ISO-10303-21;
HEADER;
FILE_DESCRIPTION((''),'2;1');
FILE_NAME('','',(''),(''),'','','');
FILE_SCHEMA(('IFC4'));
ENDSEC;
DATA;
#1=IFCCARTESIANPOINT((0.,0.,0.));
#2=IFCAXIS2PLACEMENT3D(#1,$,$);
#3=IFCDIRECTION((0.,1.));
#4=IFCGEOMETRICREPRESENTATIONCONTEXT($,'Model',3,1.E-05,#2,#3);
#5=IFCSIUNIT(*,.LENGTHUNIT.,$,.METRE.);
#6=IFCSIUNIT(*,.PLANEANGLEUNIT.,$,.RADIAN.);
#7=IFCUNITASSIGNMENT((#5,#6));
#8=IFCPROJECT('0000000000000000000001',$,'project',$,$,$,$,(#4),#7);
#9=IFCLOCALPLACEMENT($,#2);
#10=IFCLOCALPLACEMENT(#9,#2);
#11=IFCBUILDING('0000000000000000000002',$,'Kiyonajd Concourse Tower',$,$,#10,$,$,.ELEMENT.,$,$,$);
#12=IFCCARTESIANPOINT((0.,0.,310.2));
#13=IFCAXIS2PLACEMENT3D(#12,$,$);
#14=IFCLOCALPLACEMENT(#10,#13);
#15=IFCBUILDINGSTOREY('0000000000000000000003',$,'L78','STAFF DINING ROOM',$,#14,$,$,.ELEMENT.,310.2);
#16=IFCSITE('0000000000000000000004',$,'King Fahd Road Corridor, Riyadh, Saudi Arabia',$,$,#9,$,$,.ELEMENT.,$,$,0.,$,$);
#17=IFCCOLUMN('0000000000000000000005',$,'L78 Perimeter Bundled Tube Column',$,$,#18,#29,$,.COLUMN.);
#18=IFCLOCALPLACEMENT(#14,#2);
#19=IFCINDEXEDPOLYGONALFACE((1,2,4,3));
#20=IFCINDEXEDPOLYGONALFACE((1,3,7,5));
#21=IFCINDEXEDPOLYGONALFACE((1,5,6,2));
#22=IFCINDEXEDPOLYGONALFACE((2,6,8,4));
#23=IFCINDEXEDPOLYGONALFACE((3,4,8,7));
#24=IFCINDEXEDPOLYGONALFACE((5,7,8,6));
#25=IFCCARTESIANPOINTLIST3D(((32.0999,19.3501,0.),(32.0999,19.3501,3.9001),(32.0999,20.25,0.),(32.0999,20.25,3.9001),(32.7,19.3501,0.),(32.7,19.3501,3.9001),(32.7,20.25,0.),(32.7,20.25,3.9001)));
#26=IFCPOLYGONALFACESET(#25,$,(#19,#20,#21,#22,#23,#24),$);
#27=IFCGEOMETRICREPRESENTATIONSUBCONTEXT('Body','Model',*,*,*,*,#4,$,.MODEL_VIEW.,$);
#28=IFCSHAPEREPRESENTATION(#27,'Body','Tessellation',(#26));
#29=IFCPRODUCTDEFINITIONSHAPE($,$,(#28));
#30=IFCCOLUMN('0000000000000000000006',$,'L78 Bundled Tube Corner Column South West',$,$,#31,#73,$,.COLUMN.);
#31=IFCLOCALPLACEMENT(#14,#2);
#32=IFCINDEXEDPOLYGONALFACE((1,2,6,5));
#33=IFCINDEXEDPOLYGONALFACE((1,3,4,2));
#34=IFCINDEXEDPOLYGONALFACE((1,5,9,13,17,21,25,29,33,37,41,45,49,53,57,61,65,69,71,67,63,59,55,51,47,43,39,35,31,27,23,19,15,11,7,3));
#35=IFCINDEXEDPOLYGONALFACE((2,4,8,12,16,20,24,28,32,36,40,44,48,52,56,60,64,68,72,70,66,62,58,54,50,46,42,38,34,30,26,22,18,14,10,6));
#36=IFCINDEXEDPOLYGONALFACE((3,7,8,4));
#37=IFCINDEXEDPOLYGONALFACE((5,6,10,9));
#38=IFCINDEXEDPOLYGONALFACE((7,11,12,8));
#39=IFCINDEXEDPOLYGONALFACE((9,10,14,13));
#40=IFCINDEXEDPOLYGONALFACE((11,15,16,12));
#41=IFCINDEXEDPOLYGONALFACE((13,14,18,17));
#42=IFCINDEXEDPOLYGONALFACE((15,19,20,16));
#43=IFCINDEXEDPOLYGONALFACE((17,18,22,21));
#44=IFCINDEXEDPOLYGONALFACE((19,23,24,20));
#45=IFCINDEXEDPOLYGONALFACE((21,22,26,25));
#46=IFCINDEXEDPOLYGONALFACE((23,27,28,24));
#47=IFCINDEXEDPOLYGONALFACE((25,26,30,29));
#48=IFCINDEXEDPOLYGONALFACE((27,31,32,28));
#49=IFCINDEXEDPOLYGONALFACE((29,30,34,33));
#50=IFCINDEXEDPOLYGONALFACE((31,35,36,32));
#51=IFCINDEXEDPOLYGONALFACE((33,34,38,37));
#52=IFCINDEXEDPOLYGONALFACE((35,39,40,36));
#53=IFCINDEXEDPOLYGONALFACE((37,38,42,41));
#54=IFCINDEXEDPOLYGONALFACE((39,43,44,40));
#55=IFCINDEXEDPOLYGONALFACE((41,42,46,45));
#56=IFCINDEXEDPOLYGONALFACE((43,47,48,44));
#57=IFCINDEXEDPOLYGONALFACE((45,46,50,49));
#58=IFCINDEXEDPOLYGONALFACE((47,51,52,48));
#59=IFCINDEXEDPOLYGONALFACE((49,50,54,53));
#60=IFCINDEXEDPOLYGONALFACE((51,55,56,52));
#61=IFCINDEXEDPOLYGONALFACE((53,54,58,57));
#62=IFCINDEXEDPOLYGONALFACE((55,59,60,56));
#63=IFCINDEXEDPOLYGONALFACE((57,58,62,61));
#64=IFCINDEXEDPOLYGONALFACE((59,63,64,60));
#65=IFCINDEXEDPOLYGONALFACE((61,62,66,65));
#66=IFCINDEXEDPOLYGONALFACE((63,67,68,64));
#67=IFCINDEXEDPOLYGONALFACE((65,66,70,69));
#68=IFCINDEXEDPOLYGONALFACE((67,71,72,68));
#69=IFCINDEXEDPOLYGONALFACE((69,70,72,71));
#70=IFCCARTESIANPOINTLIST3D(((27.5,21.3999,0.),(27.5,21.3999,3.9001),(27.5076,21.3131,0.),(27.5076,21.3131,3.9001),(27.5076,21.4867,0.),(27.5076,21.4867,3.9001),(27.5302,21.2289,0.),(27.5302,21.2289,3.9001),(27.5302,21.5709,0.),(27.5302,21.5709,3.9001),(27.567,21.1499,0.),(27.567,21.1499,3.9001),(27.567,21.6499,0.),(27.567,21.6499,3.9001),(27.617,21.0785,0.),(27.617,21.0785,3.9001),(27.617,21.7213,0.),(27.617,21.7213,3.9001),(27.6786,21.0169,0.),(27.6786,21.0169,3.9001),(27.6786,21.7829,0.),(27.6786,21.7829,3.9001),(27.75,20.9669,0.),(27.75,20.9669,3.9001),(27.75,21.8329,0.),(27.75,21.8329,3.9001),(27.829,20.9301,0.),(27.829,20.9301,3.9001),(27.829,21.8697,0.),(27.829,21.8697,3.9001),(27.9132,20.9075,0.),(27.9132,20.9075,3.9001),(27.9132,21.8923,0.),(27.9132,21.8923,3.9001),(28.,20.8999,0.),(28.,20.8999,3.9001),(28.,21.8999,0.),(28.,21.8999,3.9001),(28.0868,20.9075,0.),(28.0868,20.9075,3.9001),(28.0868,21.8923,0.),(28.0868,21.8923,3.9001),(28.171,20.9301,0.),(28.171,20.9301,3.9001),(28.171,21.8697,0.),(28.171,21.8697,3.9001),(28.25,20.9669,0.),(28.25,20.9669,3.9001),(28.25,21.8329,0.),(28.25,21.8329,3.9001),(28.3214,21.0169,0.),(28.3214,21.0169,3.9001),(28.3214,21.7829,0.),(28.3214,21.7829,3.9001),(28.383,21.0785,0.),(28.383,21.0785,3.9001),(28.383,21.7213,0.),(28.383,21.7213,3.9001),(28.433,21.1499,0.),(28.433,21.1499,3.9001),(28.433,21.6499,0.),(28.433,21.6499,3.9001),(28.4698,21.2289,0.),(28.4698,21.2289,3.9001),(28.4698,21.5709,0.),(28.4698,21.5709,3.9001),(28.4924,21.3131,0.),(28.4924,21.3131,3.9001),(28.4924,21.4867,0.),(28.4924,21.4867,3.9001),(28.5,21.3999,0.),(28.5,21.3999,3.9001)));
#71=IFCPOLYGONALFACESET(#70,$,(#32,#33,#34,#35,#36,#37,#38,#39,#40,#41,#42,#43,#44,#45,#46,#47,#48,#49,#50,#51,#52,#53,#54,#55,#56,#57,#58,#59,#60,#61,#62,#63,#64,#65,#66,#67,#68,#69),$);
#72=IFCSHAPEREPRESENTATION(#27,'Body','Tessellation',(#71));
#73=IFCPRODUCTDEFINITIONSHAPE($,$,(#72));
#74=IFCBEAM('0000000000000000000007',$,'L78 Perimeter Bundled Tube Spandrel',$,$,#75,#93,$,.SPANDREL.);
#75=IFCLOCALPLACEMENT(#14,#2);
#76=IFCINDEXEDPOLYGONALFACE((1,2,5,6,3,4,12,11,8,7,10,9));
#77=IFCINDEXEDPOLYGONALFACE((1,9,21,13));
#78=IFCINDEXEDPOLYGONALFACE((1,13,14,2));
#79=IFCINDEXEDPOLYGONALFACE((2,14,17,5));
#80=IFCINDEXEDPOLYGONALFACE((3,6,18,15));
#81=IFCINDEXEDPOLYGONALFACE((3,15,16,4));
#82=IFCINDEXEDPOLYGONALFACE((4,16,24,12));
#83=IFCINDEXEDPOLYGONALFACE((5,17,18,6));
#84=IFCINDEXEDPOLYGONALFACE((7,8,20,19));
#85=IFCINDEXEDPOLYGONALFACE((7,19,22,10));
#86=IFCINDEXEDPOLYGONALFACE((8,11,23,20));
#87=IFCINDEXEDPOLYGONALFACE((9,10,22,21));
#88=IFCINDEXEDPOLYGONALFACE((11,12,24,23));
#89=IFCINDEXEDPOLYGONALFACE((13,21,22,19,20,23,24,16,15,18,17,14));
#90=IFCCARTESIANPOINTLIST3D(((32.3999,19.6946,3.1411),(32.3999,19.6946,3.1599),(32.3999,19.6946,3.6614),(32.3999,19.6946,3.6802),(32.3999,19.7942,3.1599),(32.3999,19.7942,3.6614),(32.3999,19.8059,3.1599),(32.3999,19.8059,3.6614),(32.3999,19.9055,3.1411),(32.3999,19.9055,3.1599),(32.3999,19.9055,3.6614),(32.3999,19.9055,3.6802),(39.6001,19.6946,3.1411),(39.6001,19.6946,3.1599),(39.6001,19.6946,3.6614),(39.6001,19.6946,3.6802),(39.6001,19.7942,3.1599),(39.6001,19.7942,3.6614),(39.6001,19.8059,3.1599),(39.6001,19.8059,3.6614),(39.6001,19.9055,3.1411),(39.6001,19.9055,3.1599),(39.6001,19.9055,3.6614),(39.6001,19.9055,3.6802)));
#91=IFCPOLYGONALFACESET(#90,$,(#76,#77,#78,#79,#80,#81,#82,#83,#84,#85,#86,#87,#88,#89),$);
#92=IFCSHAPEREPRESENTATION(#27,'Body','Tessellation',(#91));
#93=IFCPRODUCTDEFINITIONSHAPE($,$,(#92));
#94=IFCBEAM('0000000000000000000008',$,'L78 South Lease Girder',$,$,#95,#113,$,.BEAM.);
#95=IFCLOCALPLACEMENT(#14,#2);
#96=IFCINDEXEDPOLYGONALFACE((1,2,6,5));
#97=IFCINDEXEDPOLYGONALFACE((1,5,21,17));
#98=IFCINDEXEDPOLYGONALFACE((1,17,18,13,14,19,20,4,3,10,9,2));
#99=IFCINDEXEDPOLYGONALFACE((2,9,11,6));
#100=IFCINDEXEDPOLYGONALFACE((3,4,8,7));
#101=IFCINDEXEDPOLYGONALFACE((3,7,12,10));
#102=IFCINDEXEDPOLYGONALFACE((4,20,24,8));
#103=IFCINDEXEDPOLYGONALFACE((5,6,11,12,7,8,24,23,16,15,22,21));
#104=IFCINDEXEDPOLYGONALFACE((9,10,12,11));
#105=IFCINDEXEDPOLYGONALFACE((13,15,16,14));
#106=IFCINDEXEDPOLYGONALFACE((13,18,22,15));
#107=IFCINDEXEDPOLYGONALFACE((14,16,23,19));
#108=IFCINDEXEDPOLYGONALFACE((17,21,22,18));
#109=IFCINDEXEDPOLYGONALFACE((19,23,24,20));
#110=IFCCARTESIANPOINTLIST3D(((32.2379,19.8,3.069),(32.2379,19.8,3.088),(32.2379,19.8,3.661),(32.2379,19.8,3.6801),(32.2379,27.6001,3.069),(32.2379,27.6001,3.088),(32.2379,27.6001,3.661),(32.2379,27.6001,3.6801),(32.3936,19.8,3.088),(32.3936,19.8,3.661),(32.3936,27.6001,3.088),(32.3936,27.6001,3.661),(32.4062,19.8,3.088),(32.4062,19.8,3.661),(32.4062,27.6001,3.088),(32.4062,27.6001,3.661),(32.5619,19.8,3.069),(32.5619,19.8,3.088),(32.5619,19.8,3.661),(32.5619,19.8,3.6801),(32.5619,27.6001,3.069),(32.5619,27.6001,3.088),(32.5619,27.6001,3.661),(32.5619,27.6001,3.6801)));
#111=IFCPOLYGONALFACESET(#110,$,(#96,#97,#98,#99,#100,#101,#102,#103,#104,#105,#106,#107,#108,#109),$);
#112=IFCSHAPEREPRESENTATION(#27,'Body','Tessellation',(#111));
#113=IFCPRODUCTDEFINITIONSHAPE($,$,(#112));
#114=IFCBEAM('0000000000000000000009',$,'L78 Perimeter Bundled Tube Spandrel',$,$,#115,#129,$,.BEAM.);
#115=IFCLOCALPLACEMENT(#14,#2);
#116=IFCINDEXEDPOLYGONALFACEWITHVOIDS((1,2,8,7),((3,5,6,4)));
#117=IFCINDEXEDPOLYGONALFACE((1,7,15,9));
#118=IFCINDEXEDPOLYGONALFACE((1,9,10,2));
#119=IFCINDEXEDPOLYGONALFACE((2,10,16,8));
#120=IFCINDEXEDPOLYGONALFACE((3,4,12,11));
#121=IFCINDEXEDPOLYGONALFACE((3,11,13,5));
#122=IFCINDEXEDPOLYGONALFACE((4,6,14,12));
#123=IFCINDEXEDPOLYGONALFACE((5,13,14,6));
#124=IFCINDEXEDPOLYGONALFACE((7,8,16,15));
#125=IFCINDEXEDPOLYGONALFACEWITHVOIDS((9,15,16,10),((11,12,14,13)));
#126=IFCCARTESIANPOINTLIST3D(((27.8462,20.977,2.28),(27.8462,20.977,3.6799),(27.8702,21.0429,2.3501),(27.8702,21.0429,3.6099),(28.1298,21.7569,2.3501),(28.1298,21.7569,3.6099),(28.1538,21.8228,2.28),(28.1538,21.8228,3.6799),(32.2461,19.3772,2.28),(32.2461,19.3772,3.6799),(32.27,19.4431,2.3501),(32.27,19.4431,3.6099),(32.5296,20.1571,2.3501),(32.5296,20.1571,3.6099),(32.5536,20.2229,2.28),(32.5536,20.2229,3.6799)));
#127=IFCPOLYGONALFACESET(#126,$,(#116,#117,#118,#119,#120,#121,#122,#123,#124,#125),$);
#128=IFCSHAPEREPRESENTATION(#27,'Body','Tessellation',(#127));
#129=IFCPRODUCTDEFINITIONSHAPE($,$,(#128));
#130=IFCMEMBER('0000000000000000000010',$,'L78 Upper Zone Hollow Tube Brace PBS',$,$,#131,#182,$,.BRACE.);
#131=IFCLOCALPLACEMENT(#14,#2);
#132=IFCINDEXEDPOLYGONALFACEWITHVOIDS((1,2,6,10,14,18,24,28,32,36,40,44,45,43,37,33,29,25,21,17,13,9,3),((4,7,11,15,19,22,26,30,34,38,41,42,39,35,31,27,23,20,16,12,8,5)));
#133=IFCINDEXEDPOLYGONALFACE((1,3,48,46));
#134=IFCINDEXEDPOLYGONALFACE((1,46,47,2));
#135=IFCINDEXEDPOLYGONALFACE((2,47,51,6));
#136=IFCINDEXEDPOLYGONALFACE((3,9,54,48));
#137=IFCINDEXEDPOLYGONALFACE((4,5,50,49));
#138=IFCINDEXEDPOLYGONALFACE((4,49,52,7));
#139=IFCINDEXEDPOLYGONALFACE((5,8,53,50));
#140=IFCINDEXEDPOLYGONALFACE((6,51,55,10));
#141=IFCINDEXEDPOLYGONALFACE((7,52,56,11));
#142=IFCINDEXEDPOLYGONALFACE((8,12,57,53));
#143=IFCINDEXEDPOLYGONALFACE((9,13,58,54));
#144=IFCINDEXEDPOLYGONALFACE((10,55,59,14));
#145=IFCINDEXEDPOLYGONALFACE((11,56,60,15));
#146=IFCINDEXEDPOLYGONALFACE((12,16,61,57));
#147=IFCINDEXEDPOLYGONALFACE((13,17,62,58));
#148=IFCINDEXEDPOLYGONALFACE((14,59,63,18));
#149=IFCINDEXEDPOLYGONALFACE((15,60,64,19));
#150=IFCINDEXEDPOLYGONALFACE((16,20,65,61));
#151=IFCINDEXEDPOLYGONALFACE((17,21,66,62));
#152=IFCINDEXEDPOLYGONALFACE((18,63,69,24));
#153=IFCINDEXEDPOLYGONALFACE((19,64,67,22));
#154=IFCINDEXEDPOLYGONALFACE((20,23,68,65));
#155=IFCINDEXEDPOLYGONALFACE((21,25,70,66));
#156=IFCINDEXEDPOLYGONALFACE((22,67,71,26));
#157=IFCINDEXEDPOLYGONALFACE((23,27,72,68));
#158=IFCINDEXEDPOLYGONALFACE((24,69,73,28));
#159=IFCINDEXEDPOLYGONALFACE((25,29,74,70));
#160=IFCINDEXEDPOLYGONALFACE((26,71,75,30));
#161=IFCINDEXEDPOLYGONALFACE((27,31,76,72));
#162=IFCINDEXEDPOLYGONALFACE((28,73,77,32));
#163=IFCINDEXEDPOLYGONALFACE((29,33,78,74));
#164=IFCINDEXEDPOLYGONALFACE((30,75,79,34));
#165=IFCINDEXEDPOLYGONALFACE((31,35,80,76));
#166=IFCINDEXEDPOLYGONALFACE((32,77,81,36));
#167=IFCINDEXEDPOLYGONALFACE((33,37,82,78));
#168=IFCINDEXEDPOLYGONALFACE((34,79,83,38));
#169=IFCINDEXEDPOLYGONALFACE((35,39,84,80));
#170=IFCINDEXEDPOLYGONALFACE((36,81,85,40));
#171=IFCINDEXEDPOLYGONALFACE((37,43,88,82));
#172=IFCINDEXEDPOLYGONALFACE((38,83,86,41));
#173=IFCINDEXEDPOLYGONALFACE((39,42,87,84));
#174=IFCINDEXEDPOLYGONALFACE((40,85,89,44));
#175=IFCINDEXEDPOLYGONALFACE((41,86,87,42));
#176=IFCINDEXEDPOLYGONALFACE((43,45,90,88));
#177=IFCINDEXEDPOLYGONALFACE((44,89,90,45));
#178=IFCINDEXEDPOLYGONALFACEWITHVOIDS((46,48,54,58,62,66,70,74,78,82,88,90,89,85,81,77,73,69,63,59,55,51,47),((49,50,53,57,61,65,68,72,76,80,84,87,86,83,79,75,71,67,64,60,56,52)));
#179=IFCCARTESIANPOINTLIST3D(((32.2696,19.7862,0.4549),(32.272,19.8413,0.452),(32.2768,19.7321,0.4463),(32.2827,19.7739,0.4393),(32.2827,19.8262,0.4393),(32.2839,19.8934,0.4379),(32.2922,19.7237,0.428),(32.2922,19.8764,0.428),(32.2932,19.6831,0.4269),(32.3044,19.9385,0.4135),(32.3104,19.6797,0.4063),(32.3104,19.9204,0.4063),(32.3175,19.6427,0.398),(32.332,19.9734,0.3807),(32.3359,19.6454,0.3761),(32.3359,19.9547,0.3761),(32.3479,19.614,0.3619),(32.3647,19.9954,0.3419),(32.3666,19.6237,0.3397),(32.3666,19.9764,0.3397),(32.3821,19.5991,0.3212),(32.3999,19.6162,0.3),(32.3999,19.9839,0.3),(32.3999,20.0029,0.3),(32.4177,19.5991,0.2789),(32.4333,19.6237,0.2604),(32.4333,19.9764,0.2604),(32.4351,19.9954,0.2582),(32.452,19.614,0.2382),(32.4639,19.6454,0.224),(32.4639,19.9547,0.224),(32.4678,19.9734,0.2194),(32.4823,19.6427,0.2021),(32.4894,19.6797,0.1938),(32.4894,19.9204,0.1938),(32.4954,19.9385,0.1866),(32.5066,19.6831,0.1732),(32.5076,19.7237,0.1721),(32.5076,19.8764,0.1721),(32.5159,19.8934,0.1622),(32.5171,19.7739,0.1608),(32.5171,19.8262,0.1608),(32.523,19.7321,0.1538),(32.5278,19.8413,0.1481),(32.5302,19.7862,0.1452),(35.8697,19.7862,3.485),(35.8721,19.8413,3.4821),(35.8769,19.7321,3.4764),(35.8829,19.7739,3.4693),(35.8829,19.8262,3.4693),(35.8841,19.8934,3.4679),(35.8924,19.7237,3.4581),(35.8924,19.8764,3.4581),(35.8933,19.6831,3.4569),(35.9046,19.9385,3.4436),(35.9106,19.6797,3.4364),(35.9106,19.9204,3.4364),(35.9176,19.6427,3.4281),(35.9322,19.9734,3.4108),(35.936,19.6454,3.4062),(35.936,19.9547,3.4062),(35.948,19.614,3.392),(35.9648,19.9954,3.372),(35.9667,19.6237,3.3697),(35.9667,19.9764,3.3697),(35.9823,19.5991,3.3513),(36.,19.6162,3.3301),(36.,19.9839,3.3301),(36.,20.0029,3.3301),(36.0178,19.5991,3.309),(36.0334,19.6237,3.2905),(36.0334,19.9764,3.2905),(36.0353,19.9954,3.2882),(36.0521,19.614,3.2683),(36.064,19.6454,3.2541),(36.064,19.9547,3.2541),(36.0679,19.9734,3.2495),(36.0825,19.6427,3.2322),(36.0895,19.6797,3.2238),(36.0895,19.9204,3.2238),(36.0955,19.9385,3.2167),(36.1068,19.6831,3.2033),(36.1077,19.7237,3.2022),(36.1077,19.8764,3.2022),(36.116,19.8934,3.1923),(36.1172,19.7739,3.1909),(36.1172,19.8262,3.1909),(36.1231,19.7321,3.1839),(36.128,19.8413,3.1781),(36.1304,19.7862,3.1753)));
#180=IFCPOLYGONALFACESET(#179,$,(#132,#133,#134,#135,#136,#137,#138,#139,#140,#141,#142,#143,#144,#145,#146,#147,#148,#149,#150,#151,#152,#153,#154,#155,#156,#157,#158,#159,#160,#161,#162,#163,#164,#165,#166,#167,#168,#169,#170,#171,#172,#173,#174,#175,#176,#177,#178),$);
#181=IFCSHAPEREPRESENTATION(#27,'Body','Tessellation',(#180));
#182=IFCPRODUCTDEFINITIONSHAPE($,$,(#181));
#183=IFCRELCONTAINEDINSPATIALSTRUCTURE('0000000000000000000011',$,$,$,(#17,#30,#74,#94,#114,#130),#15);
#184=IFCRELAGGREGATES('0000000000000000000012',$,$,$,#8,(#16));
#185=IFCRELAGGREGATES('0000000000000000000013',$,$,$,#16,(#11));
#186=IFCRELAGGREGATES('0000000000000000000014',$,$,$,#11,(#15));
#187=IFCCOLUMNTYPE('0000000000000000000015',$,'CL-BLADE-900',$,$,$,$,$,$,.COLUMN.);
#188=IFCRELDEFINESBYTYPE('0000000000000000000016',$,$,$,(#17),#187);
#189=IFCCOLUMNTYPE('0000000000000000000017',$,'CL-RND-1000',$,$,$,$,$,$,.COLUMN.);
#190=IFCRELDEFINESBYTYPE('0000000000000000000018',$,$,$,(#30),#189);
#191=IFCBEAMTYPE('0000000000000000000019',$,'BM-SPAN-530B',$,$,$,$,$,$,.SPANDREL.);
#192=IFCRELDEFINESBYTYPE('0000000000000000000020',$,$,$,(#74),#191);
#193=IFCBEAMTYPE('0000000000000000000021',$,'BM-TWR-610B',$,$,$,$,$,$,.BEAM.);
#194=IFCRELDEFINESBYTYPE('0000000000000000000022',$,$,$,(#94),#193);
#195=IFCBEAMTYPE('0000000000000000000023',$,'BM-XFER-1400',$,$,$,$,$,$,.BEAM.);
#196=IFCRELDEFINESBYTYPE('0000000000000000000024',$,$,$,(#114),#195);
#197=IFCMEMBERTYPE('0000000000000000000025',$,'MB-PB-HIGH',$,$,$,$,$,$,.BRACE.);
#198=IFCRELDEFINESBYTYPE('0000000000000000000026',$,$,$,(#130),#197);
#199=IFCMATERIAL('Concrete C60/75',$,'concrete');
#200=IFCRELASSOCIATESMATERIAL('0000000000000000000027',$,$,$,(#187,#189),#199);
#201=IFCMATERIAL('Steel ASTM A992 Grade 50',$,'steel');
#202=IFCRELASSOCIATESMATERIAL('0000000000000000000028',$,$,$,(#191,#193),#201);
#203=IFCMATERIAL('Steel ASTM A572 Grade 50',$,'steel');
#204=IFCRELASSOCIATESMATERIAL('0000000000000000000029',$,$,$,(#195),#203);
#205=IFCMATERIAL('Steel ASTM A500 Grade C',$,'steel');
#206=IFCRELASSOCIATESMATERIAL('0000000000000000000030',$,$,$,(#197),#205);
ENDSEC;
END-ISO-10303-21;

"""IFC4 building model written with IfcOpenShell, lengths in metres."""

from ifc_helpers import new_model, si_unit, direction, frame, origin, origin_2d, place, context, subcontext, project, spatial, rectangle, hollow_rectangle, circle, hollow_circle, i_section, extrude, material, material_profile, profile_set, type_object, element, save


model = new_model("IFC4")

# Units and contexts
model_context = context("Model", 3, precision=1e-05, world=origin(), true_north=direction((0.0, 1.0)))
body_context = subcontext(model_context, "Body", "Model", "MODEL_VIEW")
ifc_project = project(units=[si_unit("LENGTHUNIT", "METRE"), si_unit("PLANEANGLEUNIT", "RADIAN")], contexts=[model_context])

# Site, building, storey
site_placement = place(None, origin())
site = spatial("IfcSite", under=ifc_project, at=site_placement, Name="King Fahd Road Corridor, Riyadh, Saudi Arabia", CompositionType="ELEMENT", RefElevation=0.0)
building_placement = place(site_placement, origin())
building = spatial("IfcBuilding", under=site, at=building_placement, Name="Kiyonajd Concourse Tower", CompositionType="ELEMENT")
storey_placement = place(building_placement, frame((0.0, 0.0, 310.2)))
storey = spatial("IfcBuildingStorey", under=building, at=storey_placement, Name="L78", Description="STAFF DINING ROOM", CompositionType="ELEMENT", Elevation=310.2)

# Columns
ifc_material_1 = material(Name="Concrete C60/75", Category="concrete")
ifc_material_profile_1 = material_profile(ifc_material_1, rectangle(XDim=0.6001, YDim=0.8999, at=origin_2d()), Name="RC-900x600")
ifc_profile_set_1 = profile_set([ifc_material_profile_1], Name="Concrete C60/75")
column_type_1 = type_object("IfcColumnType", Name="CL-BLADE-900", PredefinedType="COLUMN", material=ifc_profile_set_1)
column_1_placement = place(storey_placement, frame((32.3999, 19.8, 0.0), z_axis=(0.0, 0.0, 1.0), x_axis=(1.0, 0.0, 0.0)))
element("IfcColumn", 1, at=column_1_placement, inside=storey, type_object=column_type_1, Name="L78 Perimeter Bundled Tube Column", PredefinedType="COLUMN", context=body_context, shape_type="SweptSolid", body=[
    extrude(rectangle(XDim=0.6001, YDim=0.8999, at=origin_2d()), origin(), (0.0, 0.0, 1.0), 3.9001),
])
ifc_material_profile_2 = material_profile(ifc_material_1, circle(Radius=0.5, at=origin_2d()), Name="RCC-D1000")
ifc_profile_set_2 = profile_set([ifc_material_profile_2], Name="Concrete C60/75")
column_type_2 = type_object("IfcColumnType", Name="CL-RND-1000", PredefinedType="COLUMN", material=ifc_profile_set_2)
column_2_placement = place(storey_placement, frame((28.0, 21.3999, 0.0), z_axis=(0.0, 0.0, 1.0), x_axis=(1.0, 0.0, 0.0)))
element("IfcColumn", 2, at=column_2_placement, inside=storey, type_object=column_type_2, Name="L78 Bundled Tube Corner Column South West", PredefinedType="COLUMN", context=body_context, shape_type="SweptSolid", body=[
    extrude(circle(Radius=0.5, at=origin_2d()), origin(), (0.0, 0.0, 1.0), 3.9001),
])

# Beams
ifc_material_2 = material(Name="Steel ASTM A992 Grade 50", Category="steel")
ifc_material_profile_3 = material_profile(ifc_material_2, i_section(OverallWidth=0.2109, OverallDepth=0.5391, WebThickness=0.0117, FlangeThickness=0.0188, at=origin_2d()), Name="W530X109")
ifc_profile_set_3 = profile_set([ifc_material_profile_3], Name="Steel ASTM A992 Grade 50")
beam_type_1 = type_object("IfcBeamType", Name="BM-SPAN-530B", PredefinedType="SPANDREL", material=ifc_profile_set_3)
beam_1_placement = place(storey_placement, frame((32.3999, 19.8, 3.4106), z_axis=(1.0, 0.0, 0.0), x_axis=(0.0, 1.0, 0.0)))
element("IfcBeam", 3, at=beam_1_placement, inside=storey, type_object=beam_type_1, Name="L78 Perimeter Bundled Tube Spandrel", PredefinedType="SPANDREL", context=body_context, shape_type="SweptSolid", body=[
    extrude(i_section(OverallWidth=0.2109, OverallDepth=0.5391, WebThickness=0.0117, FlangeThickness=0.0188, at=origin_2d()), origin(), (0.0, 0.0, 1.0), 7.2002),
])
ifc_material_profile_4 = material_profile(ifc_material_2, i_section(OverallWidth=0.324, OverallDepth=0.6111, WebThickness=0.0127, FlangeThickness=0.019, at=origin_2d()), Name="W610X155")
ifc_profile_set_4 = profile_set([ifc_material_profile_4], Name="Steel ASTM A992 Grade 50")
beam_type_2 = type_object("IfcBeamType", Name="BM-TWR-610B", PredefinedType="BEAM", material=ifc_profile_set_4)
beam_2_placement = place(storey_placement, frame((32.3999, 19.8, 3.3745), z_axis=(0.0, 1.0, 0.0), x_axis=(-1.0, 0.0, 0.0)))
element("IfcBeam", 4, at=beam_2_placement, inside=storey, type_object=beam_type_2, Name="L78 South Lease Girder", PredefinedType="BEAM", context=body_context, shape_type="SweptSolid", body=[
    extrude(i_section(OverallWidth=0.324, OverallDepth=0.6111, WebThickness=0.0127, FlangeThickness=0.019, at=origin_2d()), origin(), (0.0, 0.0, 1.0), 7.8),
])
ifc_material_3 = material(Name="Steel ASTM A572 Grade 50", Category="steel")
ifc_material_profile_5 = material_profile(ifc_material_3, hollow_rectangle(XDim=0.8999, YDim=1.3999, WallThickness=0.0701, at=origin_2d()), Name="BOX-1400x900x70")
ifc_profile_set_5 = profile_set([ifc_material_profile_5], Name="Steel ASTM A572 Grade 50")
beam_type_3 = type_object("IfcBeamType", Name="BM-XFER-1400", PredefinedType="BEAM", material=ifc_profile_set_5)
beam_3_placement = place(storey_placement, frame((28.0, 21.3999, 2.98), z_axis=(0.939801, -0.341722, 0.0), x_axis=(0.341722, 0.939801, 0.0)))
element("IfcBeam", 5, at=beam_3_placement, inside=storey, type_object=beam_type_3, Name="L78 Perimeter Bundled Tube Spandrel", PredefinedType="BEAM", context=body_context, shape_type="SweptSolid", body=[
    extrude(hollow_rectangle(XDim=0.8999, YDim=1.3999, WallThickness=0.0701, at=origin_2d()), origin(), (0.0, 0.0, 1.0), 4.6816),
])

# Member
ifc_material_4 = material(Name="Steel ASTM A500 Grade C", Category="steel")
ifc_material_profile_6 = material_profile(ifc_material_4, hollow_circle(Radius=0.2029, WallThickness=0.019, at=origin_2d()), Name="CHS-406x19")
ifc_profile_set_6 = profile_set([ifc_material_profile_6], Name="Steel ASTM A500 Grade C")
member_type = type_object("IfcMemberType", Name="MB-PB-HIGH", PredefinedType="BRACE", material=ifc_profile_set_6)
member_placement = place(storey_placement, frame((32.3999, 19.8, 0.3), z_axis=(0.765082, 0.0, 0.643933), x_axis=(0.0, 1.0, 0.0)))
element("IfcMember", 6, at=member_placement, inside=storey, type_object=member_type, Name="L78 Upper Zone Hollow Tube Brace PBS", PredefinedType="BRACE", context=body_context, shape_type="SweptSolid", body=[
    extrude(hollow_circle(Radius=0.2029, WallThickness=0.019, at=origin_2d()), origin(), (0.0, 0.0, 1.0), 4.7056),
])

save(model, "model.ifc")
